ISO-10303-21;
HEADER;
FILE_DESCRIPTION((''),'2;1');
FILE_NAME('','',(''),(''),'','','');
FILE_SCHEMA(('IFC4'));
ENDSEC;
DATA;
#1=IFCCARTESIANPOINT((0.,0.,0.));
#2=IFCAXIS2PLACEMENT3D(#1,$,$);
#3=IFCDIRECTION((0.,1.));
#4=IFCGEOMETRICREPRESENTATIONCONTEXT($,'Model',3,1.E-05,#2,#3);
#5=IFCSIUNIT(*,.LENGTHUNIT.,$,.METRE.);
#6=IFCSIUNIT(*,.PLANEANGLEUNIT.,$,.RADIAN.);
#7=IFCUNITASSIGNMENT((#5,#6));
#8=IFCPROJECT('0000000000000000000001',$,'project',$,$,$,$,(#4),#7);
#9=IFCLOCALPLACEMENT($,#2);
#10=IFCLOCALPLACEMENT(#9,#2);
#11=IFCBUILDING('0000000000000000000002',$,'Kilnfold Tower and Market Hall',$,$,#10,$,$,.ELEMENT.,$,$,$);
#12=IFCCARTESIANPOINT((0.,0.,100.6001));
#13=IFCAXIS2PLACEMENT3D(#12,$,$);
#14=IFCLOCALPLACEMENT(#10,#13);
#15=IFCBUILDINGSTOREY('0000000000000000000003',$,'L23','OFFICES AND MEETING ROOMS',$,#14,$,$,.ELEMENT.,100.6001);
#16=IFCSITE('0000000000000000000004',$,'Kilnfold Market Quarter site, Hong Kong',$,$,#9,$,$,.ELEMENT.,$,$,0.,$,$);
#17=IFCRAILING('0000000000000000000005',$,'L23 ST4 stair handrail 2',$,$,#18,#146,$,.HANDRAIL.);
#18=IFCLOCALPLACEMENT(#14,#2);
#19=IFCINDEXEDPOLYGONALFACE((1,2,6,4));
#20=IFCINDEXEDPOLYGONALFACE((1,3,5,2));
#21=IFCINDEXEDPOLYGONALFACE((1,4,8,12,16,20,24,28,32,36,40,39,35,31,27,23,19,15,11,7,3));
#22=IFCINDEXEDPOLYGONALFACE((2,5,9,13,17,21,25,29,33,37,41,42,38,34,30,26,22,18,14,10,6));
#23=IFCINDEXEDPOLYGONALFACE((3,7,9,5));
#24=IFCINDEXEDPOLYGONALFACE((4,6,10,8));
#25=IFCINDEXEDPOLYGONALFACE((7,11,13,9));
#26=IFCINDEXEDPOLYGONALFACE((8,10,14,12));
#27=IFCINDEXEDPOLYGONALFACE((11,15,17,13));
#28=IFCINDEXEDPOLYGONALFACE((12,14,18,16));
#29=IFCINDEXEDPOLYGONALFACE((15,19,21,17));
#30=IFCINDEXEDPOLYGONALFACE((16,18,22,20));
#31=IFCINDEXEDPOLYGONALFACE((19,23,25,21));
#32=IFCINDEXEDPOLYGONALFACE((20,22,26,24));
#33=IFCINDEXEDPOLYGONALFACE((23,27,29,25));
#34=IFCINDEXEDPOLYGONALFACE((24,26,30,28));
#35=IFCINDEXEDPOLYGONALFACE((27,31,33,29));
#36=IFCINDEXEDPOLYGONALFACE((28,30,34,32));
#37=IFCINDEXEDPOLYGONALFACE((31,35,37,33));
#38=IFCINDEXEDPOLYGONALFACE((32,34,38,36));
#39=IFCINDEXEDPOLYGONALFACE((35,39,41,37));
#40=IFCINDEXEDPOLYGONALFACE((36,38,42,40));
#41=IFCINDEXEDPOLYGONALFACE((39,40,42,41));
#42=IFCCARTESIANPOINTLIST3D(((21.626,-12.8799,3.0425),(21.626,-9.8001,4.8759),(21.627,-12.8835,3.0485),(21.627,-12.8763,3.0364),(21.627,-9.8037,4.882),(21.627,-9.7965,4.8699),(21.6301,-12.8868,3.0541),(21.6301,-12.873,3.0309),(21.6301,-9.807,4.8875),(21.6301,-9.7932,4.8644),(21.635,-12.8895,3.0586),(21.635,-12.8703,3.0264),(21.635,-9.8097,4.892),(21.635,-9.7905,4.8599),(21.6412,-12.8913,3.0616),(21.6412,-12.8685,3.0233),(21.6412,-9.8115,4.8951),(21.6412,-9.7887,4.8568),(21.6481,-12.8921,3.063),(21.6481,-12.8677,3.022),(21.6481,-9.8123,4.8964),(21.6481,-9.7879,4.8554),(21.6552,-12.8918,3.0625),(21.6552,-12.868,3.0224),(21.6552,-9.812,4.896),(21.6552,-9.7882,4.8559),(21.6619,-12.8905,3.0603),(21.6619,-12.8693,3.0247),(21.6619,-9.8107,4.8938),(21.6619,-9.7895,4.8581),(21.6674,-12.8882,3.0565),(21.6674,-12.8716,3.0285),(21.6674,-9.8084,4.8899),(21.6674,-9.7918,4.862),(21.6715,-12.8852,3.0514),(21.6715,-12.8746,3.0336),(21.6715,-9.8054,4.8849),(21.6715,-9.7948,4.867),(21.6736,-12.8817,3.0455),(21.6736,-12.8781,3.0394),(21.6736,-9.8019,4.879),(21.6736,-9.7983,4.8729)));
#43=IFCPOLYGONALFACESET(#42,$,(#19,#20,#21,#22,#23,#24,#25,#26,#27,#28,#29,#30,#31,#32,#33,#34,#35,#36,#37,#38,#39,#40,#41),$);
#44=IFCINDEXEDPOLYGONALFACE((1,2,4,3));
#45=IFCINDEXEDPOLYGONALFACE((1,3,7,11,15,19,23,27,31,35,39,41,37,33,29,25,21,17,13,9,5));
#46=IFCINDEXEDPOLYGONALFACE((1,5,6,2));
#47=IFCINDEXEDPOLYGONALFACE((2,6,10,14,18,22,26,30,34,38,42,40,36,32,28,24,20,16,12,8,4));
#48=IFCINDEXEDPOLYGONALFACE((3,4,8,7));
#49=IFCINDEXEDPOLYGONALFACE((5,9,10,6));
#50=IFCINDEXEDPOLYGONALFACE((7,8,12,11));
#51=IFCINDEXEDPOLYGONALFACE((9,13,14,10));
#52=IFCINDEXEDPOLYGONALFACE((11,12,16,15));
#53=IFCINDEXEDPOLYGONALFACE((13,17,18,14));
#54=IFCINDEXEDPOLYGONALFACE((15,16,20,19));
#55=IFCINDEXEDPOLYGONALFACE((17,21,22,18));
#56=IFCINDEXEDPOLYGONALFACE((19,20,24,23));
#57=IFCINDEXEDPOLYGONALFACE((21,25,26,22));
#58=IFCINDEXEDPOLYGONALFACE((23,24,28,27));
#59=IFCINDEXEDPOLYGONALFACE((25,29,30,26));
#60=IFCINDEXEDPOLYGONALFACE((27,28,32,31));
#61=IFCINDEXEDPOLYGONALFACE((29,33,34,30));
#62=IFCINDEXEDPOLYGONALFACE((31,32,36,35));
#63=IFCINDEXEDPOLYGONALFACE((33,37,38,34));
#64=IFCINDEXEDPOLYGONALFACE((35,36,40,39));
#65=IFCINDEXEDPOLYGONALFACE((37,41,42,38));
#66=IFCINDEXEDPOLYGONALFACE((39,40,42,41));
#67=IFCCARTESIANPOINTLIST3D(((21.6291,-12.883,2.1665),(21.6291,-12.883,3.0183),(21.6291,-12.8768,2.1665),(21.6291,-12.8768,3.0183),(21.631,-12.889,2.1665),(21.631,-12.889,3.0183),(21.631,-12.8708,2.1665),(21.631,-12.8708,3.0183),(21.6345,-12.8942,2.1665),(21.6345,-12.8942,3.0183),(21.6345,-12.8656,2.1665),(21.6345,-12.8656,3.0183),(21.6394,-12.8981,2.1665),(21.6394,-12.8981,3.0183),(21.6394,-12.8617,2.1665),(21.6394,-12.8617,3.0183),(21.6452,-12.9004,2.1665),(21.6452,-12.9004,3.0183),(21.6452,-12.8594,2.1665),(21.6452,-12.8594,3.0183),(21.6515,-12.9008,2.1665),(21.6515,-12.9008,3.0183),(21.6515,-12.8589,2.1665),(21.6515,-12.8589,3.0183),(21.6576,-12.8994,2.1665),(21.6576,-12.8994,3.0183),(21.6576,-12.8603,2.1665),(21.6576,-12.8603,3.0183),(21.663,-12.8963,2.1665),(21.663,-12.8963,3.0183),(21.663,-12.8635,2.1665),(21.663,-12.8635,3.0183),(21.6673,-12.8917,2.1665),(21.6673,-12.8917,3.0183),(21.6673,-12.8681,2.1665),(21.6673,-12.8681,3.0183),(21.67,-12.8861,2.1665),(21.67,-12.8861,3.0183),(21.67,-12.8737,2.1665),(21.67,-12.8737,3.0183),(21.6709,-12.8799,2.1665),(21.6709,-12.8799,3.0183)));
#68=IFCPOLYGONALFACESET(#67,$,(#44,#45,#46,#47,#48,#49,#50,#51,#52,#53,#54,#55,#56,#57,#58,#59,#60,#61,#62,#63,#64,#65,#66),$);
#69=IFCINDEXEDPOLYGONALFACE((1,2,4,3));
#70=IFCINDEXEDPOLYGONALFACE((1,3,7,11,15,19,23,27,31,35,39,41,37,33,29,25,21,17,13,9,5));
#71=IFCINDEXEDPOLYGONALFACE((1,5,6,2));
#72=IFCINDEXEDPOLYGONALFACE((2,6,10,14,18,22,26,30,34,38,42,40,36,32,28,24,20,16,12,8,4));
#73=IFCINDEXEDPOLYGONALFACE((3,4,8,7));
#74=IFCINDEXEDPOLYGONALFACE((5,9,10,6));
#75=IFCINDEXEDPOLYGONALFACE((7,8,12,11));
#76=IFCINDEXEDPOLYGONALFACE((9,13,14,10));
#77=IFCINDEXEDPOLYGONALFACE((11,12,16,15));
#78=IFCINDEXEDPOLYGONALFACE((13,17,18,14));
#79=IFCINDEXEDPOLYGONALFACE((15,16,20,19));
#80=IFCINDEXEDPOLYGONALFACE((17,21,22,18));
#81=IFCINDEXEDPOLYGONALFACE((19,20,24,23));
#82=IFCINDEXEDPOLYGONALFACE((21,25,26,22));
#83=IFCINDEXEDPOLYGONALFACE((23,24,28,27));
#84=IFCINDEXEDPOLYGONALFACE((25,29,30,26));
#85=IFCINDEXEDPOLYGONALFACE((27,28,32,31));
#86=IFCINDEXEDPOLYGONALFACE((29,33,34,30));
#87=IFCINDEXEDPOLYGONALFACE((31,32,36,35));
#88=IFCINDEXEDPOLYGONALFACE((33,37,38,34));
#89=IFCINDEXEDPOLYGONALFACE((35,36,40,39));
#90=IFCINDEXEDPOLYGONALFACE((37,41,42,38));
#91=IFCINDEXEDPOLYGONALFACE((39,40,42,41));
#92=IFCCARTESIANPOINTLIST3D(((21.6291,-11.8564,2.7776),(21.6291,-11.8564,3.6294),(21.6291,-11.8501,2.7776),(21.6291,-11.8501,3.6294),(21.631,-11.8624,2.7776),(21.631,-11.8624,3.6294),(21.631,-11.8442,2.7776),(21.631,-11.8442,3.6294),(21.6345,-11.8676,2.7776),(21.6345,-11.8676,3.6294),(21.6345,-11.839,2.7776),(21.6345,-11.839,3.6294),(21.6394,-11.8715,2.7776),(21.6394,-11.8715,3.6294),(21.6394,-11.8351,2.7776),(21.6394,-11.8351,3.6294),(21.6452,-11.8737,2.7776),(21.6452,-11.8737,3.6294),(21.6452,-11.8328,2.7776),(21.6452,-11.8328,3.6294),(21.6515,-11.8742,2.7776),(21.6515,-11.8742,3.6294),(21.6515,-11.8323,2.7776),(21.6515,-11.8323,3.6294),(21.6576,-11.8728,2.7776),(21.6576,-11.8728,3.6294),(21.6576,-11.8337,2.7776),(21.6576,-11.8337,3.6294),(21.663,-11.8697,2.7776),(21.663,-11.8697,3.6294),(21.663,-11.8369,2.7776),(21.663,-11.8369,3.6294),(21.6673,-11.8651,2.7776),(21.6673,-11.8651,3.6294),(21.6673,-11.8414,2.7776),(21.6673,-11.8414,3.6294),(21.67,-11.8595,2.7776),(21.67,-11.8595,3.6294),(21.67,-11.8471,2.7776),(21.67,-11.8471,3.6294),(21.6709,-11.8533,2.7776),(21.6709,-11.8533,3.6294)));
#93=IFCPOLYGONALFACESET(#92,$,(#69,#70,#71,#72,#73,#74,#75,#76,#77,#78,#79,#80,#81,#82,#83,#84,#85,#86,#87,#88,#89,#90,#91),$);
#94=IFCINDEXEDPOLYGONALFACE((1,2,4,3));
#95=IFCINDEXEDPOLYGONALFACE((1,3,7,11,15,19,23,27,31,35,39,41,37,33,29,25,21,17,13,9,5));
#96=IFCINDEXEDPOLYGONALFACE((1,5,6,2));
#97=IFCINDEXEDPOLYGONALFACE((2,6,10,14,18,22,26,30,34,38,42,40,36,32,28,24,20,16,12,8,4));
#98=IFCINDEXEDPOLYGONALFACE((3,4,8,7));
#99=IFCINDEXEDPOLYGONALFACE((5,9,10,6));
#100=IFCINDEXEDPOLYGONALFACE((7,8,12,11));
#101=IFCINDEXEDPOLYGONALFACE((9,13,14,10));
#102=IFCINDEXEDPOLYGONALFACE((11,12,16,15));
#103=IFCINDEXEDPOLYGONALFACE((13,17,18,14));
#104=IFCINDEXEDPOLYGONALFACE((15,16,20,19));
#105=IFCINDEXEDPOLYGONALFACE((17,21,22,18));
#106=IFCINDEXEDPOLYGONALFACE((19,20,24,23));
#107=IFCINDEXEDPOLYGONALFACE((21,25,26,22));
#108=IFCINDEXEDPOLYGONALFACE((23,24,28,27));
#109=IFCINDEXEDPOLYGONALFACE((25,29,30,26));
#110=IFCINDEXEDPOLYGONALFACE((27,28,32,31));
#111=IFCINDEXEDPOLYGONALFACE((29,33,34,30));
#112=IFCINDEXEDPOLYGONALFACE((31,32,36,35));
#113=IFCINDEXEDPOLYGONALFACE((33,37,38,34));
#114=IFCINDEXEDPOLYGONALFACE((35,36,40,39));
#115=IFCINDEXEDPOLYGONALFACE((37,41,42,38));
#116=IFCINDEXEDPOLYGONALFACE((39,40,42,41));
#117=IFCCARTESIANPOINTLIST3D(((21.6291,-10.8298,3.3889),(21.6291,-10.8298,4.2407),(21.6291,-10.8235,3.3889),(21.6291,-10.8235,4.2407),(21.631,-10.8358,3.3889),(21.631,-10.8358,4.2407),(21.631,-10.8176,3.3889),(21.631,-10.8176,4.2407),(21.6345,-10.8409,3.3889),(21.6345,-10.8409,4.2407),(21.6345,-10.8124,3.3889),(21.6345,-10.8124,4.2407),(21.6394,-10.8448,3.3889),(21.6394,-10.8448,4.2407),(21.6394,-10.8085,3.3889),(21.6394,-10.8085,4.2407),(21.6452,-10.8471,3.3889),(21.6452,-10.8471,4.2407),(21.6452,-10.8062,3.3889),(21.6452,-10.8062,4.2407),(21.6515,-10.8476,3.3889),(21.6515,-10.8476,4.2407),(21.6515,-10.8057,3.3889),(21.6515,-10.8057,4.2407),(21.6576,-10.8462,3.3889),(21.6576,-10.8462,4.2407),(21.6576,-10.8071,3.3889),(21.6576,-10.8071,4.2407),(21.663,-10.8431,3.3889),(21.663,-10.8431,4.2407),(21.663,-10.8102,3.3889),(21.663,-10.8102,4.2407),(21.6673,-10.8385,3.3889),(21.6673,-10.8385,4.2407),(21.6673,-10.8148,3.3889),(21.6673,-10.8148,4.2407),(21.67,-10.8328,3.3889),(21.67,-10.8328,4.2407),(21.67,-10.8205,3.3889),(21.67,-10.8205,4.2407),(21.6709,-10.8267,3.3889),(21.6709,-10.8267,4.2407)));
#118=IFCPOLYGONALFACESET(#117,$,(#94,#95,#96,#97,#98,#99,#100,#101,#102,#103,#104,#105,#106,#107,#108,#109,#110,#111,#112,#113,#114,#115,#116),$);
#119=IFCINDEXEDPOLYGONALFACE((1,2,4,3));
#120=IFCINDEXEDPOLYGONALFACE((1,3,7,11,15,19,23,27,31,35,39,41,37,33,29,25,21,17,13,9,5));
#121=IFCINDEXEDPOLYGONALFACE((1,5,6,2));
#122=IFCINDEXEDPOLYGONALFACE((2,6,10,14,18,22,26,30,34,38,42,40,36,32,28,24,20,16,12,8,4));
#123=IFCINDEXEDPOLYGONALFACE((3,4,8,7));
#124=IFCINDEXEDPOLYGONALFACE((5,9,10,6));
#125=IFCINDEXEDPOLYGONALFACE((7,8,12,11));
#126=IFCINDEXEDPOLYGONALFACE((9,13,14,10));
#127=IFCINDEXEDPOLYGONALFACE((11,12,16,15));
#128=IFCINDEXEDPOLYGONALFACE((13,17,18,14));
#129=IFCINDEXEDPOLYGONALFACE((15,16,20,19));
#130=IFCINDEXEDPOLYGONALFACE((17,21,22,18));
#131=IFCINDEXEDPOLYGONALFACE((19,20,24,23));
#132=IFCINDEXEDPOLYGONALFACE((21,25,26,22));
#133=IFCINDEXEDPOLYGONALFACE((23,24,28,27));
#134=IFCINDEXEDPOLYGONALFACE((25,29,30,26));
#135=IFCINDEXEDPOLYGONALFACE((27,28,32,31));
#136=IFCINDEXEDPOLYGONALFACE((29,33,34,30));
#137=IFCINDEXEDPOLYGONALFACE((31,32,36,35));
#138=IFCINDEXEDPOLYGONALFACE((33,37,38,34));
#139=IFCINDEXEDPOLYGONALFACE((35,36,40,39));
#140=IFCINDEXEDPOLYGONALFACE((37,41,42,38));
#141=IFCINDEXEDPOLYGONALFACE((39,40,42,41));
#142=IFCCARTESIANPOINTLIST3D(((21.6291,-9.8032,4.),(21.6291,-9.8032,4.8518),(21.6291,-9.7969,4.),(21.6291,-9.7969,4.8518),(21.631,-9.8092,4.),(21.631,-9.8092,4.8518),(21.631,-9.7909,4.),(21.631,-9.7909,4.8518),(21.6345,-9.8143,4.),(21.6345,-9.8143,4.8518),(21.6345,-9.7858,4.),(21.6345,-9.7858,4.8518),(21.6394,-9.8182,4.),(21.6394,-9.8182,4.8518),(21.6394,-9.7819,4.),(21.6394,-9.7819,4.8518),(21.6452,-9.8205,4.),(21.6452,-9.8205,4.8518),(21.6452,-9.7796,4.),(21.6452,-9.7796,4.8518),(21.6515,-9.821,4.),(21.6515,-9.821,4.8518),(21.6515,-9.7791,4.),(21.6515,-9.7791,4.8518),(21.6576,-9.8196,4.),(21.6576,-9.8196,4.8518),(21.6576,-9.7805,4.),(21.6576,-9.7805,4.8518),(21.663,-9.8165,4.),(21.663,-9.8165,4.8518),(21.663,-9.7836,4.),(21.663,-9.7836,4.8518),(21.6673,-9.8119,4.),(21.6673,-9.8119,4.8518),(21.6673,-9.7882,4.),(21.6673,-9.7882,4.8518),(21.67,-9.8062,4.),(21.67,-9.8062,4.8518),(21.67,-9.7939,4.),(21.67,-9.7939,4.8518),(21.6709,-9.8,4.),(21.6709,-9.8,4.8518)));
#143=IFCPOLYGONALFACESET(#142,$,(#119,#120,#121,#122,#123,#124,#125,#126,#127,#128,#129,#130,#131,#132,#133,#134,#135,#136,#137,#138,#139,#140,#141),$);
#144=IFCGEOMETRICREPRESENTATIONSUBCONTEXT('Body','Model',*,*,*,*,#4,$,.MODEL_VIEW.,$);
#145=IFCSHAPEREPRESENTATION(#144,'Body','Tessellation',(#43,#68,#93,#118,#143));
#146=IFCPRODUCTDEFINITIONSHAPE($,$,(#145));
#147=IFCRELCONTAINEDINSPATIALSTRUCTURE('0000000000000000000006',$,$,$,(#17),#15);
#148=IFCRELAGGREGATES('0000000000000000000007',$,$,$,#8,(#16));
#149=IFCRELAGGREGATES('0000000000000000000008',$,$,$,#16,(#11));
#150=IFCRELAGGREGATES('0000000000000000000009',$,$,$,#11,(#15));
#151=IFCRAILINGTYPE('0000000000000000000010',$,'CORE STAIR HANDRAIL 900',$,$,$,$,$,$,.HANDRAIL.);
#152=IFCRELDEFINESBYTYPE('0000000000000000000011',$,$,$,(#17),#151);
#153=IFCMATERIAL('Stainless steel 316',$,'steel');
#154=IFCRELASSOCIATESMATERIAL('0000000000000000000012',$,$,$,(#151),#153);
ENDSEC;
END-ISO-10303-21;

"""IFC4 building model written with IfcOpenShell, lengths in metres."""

from ifc_helpers import new_model, si_unit, direction, frame, origin, origin_2d, place, context, subcontext, project, spatial, circle, extrude, material, type_object, element, save


model = new_model("IFC4")

# Units and contexts
model_context = context("Model", 3, precision=1e-05, world=origin(), true_north=direction((0.0, 1.0)))
body_context = subcontext(model_context, "Body", "Model", "MODEL_VIEW")
ifc_project = project(units=[si_unit("LENGTHUNIT", "METRE"), si_unit("PLANEANGLEUNIT", "RADIAN")], contexts=[model_context])

# Site, building, storey
site_placement = place(None, origin())
site = spatial("IfcSite", under=ifc_project, at=site_placement, Name="Kilnfold Market Quarter site, Hong Kong", CompositionType="ELEMENT", RefElevation=0.0)
building_placement = place(site_placement, origin())
building = spatial("IfcBuilding", under=site, at=building_placement, Name="Kilnfold Tower and Market Hall", CompositionType="ELEMENT")
storey_placement = place(building_placement, frame((0.0, 0.0, 100.6001)))
storey = spatial("IfcBuildingStorey", under=building, at=storey_placement, Name="L23", Description="OFFICES AND MEETING ROOMS", CompositionType="ELEMENT", Elevation=100.6001)

# Railing
ifc_material_1 = material(Name="Stainless steel 316", Category="steel")
railing_type_1 = type_object("IfcRailingType", Name="CORE STAIR HANDRAIL 900", PredefinedType="HANDRAIL", material=ifc_material_1)
railing_1_placement = place(storey_placement, frame((21.6499, -12.8799, 2.1665)))
element("IfcRailing", 1, at=railing_1_placement, inside=storey, type_object=railing_type_1, Name="L23 ST4 stair handrail 2", PredefinedType="HANDRAIL", context=body_context, shape_type="SweptSolid", body=[
    extrude(circle(Radius=0.0239, at=origin_2d()), frame((0.0, 0.0, 0.876), z_axis=(0.0, 0.859261, 0.511538), x_axis=(-1.0, 0.0, 0.0)), (0.0, 0.0, 1.0), 3.5842),
    extrude(circle(Radius=0.021, at=origin_2d()), origin(), (0.0, 0.0, 1.0), 0.8518),
    extrude(circle(Radius=0.021, at=origin_2d()), frame((0.0, 1.0266, 0.6111)), (0.0, 0.0, 1.0), 0.8518),
    extrude(circle(Radius=0.021, at=origin_2d()), frame((0.0, 2.0532, 1.2224)), (0.0, 0.0, 1.0), 0.8518),
    extrude(circle(Radius=0.021, at=origin_2d()), frame((0.0, 3.0798, 1.8335)), (0.0, 0.0, 1.0), 0.8518),
])

save(model, "model.ifc")
